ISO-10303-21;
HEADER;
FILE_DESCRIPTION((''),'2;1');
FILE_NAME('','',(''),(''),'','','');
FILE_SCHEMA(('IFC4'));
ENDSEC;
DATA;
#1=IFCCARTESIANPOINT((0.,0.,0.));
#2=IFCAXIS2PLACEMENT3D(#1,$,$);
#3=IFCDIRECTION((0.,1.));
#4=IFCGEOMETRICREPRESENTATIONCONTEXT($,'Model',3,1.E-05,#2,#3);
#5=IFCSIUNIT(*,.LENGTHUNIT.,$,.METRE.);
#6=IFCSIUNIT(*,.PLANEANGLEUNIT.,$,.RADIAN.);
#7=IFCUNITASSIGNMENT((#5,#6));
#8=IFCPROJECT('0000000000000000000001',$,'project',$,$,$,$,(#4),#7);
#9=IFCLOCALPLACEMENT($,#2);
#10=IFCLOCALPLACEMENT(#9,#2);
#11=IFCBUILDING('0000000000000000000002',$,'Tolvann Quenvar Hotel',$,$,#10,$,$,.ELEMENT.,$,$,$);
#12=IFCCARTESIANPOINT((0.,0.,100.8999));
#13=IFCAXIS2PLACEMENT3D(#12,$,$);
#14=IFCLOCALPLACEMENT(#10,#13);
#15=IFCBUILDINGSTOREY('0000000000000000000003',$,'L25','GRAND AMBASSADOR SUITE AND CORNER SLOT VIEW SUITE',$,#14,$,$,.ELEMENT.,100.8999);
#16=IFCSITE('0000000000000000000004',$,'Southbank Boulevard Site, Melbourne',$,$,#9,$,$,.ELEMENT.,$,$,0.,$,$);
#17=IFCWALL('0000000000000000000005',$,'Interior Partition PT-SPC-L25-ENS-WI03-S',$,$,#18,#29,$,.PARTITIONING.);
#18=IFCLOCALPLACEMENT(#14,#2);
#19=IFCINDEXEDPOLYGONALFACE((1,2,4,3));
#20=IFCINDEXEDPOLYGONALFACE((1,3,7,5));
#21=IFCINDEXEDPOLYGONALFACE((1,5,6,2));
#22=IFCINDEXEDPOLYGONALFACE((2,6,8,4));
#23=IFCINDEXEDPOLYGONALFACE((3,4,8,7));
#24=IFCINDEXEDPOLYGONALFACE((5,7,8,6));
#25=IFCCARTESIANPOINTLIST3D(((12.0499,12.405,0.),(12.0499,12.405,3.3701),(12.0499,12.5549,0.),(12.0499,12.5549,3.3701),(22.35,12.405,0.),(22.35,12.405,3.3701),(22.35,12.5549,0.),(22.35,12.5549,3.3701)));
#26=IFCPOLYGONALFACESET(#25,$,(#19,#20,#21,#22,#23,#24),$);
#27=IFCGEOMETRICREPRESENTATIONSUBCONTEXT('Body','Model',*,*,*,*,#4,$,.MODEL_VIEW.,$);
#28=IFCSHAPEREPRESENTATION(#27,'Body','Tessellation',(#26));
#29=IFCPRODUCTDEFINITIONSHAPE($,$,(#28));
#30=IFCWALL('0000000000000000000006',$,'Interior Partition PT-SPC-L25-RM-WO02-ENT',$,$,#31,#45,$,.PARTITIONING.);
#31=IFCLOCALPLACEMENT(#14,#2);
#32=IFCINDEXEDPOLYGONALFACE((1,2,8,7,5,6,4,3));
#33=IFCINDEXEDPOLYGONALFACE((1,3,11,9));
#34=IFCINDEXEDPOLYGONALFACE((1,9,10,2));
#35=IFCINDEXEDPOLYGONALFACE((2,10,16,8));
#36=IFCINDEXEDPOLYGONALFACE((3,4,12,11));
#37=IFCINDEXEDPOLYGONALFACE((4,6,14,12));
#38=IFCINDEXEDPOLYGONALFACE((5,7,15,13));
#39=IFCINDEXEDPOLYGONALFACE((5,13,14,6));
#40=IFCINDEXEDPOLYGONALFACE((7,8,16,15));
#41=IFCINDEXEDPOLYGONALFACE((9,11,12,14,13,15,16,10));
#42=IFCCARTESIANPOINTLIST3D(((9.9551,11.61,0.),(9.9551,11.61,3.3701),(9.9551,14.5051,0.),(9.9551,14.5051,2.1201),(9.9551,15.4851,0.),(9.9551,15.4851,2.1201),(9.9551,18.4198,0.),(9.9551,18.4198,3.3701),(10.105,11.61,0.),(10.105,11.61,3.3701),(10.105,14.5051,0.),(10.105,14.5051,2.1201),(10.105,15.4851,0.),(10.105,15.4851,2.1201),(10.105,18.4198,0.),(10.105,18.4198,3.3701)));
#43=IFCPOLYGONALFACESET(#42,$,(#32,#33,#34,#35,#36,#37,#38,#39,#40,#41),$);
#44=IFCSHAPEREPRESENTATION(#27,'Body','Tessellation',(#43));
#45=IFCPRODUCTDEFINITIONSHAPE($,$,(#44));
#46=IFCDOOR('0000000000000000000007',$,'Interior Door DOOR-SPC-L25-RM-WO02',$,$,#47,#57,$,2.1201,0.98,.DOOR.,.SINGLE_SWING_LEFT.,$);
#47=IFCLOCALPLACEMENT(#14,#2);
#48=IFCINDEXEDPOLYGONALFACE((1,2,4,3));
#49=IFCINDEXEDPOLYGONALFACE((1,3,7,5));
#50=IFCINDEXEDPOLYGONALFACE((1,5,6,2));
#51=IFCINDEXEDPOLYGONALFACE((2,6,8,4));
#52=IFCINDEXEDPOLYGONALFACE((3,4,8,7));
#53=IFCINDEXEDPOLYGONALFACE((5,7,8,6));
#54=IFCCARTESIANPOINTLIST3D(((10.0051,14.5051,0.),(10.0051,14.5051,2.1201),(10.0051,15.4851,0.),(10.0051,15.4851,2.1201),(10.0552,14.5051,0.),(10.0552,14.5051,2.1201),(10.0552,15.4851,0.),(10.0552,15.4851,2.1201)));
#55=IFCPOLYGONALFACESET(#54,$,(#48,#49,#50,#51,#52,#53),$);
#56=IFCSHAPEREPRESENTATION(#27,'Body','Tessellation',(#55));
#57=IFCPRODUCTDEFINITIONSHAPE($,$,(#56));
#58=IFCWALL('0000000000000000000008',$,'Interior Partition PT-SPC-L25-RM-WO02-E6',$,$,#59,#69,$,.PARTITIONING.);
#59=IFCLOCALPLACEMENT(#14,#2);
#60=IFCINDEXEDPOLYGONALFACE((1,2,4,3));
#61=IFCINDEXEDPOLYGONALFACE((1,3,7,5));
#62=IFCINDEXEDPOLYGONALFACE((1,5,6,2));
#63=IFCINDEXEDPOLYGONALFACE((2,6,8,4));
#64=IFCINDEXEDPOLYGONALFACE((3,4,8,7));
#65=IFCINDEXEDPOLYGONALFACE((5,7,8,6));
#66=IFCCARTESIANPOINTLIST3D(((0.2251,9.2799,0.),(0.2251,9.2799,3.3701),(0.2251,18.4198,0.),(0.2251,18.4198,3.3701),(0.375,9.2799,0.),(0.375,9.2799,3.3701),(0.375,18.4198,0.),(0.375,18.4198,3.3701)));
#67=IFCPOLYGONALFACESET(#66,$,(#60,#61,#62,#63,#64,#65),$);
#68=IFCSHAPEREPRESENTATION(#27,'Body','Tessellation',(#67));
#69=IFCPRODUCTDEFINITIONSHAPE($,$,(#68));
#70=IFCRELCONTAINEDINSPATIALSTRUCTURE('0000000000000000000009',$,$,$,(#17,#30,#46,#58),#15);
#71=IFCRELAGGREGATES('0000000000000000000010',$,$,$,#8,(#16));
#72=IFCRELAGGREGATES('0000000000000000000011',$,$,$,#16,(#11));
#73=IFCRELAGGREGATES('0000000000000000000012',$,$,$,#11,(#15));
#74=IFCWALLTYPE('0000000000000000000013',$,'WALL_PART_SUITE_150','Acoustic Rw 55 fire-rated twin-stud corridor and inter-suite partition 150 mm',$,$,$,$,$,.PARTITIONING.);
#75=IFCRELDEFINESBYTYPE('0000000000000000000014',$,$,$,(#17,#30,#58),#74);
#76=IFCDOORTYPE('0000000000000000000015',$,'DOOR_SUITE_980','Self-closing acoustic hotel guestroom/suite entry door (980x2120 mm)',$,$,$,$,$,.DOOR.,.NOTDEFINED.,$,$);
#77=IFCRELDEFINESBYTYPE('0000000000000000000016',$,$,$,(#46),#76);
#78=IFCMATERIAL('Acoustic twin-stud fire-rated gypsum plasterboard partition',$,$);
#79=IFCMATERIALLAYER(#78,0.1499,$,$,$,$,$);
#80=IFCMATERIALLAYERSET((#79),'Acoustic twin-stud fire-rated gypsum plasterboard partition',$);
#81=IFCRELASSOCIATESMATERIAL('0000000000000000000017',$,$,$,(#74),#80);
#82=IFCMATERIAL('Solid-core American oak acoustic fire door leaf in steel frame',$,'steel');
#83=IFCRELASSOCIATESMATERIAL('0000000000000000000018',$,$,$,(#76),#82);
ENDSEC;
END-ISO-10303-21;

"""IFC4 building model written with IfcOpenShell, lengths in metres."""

from ifc_helpers import new_model, si_unit, direction, frame, frame_2d, origin, place, context, subcontext, project, spatial, rectangle, extrude, source, transform, mapped, material, layer, layer_set, type_object, type_shapes, element, fill, save


model = new_model("IFC4")

# Units and contexts
model_context = context("Model", 3, precision=1e-05, world=origin(), true_north=direction((0.0, 1.0)))
body_context = subcontext(model_context, "Body", "Model", "MODEL_VIEW")
ifc_project = project(units=[si_unit("LENGTHUNIT", "METRE"), si_unit("PLANEANGLEUNIT", "RADIAN")], contexts=[model_context])

# Site, building, storey
site_placement = place(None, origin())
site = spatial("IfcSite", under=ifc_project, at=site_placement, Name="Southbank Boulevard Site, Melbourne", CompositionType="ELEMENT", RefElevation=0.0)
building_placement = place(site_placement, origin())
building = spatial("IfcBuilding", under=site, at=building_placement, Name="Tolvann Quenvar Hotel", CompositionType="ELEMENT")
storey_placement = place(building_placement, frame((0.0, 0.0, 100.8999)))
storey = spatial("IfcBuildingStorey", under=building, at=storey_placement, Name="L25", Description="GRAND AMBASSADOR SUITE AND CORNER SLOT VIEW SUITE", CompositionType="ELEMENT", Elevation=100.8999)

# Shared definitions
ifc_material_1 = material(Name="Acoustic twin-stud fire-rated gypsum plasterboard partition")
ifc_layer_1 = layer(ifc_material_1, 0.1499)
ifc_layer_set_1 = layer_set([ifc_layer_1], Name="Acoustic twin-stud fire-rated gypsum plasterboard partition")
wall_type_1 = type_object("IfcWallType", Name="WALL_PART_SUITE_150", Description="Acoustic Rw 55 fire-rated twin-stud corridor and inter-suite partition 150 mm", PredefinedType="PARTITIONING", material=ifc_layer_set_1)
ifc_material_2 = material(Name="Solid-core American oak acoustic fire door leaf in steel frame", Category="steel")

# Wall
wall_1_placement = place(storey_placement, frame((12.05, 12.48, 0.0), z_axis=(0.0, 0.0, 1.0), x_axis=(1.0, 0.0, 0.0)))
element("IfcWall", 1, at=wall_1_placement, inside=storey, type_object=wall_type_1, Name="Interior Partition PT-SPC-L25-ENS-WI03-S", PredefinedType="PARTITIONING", context=body_context, shape_type="SweptSolid", body=[
    extrude(rectangle(XDim=10.3, YDim=0.1499, at=frame_2d((5.1499, 0.0))), origin(), (0.0, 0.0, 1.0), 3.3701),
])

# Wall, opening, door
wall_2_placement = place(storey_placement, frame((10.03, 11.6101, 0.0), z_axis=(0.0, 0.0, 1.0), x_axis=(0.0, 1.0, 0.0)))
wall_2 = element("IfcWall", 2, at=wall_2_placement, inside=storey, type_object=wall_type_1, Name="Interior Partition PT-SPC-L25-RM-WO02-ENT", PredefinedType="PARTITIONING", context=body_context, shape_type="SweptSolid", body=[
    extrude(rectangle(XDim=6.8098, YDim=0.1499, at=frame_2d((3.4048, 0.0))), origin(), (0.0, 0.0, 1.0), 3.3701),
])
opening_1_placement = place(wall_2_placement, frame((2.895, 0.0, 0.0)))
opening_1 = element("IfcOpeningElement", 3, at=opening_1_placement, cuts=wall_2, PredefinedType="OPENING", context=body_context, shape_type="SweptSolid", body=[
    extrude(rectangle(XDim=0.98, YDim=2.1201, at=frame_2d((0.49, 1.0601))), frame((0.0, 0.085, 0.0), z_axis=(0.0, -1.0, 0.0), x_axis=(1.0, 0.0, 0.0)), (0.0, 0.0, 1.0), 0.1699),
])
door_type_1 = type_object("IfcDoorType", Name="DOOR_SUITE_980", Description="Self-closing acoustic hotel guestroom/suite entry door (980x2120 mm)", OperationType="NOTDEFINED", PredefinedType="DOOR", material=ifc_material_2)
shared_shape_1 = source(origin(), body_context, "Body", "SweptSolid", [
    extrude(rectangle(XDim=0.98, YDim=2.1201, at=frame_2d((0.49, 1.0601))), frame((0.0, 0.0249, 0.0), z_axis=(0.0, -1.0, 0.0), x_axis=(1.0, 0.0, 0.0)), (0.0, 0.0, 1.0), 0.05),
])
type_shapes(door_type_1, [shared_shape_1])
door_1_placement = place(opening_1_placement, origin())
door_1 = element("IfcDoor", 4, at=door_1_placement, inside=storey, type_object=door_type_1, Name="Interior Door DOOR-SPC-L25-RM-WO02", OperationType="SINGLE_SWING_LEFT", OverallHeight=2.1201, OverallWidth=0.98, PredefinedType="DOOR", context=body_context, shape_type="MappedRepresentation", body=[
    mapped(shared_shape_1, transform((0.0, 0.0, 0.0), x_axis=(1.0, 0.0, 0.0), y_axis=(0.0, 1.0, 0.0), z_axis=(0.0, 0.0, 1.0), scale=1.0)),
])
fill(opening_1, door_1)

# Wall
wall_3_placement = place(storey_placement, frame((0.3, 9.28, 0.0), z_axis=(0.0, 0.0, 1.0), x_axis=(0.0, 1.0, 0.0)))
element("IfcWall", 5, at=wall_3_placement, inside=storey, type_object=wall_type_1, Name="Interior Partition PT-SPC-L25-RM-WO02-E6", PredefinedType="PARTITIONING", context=body_context, shape_type="SweptSolid", body=[
    extrude(rectangle(XDim=9.1399, YDim=0.1499, at=frame_2d((4.5698, 0.0))), origin(), (0.0, 0.0, 1.0), 3.3701),
])

save(model, "model.ifc")
